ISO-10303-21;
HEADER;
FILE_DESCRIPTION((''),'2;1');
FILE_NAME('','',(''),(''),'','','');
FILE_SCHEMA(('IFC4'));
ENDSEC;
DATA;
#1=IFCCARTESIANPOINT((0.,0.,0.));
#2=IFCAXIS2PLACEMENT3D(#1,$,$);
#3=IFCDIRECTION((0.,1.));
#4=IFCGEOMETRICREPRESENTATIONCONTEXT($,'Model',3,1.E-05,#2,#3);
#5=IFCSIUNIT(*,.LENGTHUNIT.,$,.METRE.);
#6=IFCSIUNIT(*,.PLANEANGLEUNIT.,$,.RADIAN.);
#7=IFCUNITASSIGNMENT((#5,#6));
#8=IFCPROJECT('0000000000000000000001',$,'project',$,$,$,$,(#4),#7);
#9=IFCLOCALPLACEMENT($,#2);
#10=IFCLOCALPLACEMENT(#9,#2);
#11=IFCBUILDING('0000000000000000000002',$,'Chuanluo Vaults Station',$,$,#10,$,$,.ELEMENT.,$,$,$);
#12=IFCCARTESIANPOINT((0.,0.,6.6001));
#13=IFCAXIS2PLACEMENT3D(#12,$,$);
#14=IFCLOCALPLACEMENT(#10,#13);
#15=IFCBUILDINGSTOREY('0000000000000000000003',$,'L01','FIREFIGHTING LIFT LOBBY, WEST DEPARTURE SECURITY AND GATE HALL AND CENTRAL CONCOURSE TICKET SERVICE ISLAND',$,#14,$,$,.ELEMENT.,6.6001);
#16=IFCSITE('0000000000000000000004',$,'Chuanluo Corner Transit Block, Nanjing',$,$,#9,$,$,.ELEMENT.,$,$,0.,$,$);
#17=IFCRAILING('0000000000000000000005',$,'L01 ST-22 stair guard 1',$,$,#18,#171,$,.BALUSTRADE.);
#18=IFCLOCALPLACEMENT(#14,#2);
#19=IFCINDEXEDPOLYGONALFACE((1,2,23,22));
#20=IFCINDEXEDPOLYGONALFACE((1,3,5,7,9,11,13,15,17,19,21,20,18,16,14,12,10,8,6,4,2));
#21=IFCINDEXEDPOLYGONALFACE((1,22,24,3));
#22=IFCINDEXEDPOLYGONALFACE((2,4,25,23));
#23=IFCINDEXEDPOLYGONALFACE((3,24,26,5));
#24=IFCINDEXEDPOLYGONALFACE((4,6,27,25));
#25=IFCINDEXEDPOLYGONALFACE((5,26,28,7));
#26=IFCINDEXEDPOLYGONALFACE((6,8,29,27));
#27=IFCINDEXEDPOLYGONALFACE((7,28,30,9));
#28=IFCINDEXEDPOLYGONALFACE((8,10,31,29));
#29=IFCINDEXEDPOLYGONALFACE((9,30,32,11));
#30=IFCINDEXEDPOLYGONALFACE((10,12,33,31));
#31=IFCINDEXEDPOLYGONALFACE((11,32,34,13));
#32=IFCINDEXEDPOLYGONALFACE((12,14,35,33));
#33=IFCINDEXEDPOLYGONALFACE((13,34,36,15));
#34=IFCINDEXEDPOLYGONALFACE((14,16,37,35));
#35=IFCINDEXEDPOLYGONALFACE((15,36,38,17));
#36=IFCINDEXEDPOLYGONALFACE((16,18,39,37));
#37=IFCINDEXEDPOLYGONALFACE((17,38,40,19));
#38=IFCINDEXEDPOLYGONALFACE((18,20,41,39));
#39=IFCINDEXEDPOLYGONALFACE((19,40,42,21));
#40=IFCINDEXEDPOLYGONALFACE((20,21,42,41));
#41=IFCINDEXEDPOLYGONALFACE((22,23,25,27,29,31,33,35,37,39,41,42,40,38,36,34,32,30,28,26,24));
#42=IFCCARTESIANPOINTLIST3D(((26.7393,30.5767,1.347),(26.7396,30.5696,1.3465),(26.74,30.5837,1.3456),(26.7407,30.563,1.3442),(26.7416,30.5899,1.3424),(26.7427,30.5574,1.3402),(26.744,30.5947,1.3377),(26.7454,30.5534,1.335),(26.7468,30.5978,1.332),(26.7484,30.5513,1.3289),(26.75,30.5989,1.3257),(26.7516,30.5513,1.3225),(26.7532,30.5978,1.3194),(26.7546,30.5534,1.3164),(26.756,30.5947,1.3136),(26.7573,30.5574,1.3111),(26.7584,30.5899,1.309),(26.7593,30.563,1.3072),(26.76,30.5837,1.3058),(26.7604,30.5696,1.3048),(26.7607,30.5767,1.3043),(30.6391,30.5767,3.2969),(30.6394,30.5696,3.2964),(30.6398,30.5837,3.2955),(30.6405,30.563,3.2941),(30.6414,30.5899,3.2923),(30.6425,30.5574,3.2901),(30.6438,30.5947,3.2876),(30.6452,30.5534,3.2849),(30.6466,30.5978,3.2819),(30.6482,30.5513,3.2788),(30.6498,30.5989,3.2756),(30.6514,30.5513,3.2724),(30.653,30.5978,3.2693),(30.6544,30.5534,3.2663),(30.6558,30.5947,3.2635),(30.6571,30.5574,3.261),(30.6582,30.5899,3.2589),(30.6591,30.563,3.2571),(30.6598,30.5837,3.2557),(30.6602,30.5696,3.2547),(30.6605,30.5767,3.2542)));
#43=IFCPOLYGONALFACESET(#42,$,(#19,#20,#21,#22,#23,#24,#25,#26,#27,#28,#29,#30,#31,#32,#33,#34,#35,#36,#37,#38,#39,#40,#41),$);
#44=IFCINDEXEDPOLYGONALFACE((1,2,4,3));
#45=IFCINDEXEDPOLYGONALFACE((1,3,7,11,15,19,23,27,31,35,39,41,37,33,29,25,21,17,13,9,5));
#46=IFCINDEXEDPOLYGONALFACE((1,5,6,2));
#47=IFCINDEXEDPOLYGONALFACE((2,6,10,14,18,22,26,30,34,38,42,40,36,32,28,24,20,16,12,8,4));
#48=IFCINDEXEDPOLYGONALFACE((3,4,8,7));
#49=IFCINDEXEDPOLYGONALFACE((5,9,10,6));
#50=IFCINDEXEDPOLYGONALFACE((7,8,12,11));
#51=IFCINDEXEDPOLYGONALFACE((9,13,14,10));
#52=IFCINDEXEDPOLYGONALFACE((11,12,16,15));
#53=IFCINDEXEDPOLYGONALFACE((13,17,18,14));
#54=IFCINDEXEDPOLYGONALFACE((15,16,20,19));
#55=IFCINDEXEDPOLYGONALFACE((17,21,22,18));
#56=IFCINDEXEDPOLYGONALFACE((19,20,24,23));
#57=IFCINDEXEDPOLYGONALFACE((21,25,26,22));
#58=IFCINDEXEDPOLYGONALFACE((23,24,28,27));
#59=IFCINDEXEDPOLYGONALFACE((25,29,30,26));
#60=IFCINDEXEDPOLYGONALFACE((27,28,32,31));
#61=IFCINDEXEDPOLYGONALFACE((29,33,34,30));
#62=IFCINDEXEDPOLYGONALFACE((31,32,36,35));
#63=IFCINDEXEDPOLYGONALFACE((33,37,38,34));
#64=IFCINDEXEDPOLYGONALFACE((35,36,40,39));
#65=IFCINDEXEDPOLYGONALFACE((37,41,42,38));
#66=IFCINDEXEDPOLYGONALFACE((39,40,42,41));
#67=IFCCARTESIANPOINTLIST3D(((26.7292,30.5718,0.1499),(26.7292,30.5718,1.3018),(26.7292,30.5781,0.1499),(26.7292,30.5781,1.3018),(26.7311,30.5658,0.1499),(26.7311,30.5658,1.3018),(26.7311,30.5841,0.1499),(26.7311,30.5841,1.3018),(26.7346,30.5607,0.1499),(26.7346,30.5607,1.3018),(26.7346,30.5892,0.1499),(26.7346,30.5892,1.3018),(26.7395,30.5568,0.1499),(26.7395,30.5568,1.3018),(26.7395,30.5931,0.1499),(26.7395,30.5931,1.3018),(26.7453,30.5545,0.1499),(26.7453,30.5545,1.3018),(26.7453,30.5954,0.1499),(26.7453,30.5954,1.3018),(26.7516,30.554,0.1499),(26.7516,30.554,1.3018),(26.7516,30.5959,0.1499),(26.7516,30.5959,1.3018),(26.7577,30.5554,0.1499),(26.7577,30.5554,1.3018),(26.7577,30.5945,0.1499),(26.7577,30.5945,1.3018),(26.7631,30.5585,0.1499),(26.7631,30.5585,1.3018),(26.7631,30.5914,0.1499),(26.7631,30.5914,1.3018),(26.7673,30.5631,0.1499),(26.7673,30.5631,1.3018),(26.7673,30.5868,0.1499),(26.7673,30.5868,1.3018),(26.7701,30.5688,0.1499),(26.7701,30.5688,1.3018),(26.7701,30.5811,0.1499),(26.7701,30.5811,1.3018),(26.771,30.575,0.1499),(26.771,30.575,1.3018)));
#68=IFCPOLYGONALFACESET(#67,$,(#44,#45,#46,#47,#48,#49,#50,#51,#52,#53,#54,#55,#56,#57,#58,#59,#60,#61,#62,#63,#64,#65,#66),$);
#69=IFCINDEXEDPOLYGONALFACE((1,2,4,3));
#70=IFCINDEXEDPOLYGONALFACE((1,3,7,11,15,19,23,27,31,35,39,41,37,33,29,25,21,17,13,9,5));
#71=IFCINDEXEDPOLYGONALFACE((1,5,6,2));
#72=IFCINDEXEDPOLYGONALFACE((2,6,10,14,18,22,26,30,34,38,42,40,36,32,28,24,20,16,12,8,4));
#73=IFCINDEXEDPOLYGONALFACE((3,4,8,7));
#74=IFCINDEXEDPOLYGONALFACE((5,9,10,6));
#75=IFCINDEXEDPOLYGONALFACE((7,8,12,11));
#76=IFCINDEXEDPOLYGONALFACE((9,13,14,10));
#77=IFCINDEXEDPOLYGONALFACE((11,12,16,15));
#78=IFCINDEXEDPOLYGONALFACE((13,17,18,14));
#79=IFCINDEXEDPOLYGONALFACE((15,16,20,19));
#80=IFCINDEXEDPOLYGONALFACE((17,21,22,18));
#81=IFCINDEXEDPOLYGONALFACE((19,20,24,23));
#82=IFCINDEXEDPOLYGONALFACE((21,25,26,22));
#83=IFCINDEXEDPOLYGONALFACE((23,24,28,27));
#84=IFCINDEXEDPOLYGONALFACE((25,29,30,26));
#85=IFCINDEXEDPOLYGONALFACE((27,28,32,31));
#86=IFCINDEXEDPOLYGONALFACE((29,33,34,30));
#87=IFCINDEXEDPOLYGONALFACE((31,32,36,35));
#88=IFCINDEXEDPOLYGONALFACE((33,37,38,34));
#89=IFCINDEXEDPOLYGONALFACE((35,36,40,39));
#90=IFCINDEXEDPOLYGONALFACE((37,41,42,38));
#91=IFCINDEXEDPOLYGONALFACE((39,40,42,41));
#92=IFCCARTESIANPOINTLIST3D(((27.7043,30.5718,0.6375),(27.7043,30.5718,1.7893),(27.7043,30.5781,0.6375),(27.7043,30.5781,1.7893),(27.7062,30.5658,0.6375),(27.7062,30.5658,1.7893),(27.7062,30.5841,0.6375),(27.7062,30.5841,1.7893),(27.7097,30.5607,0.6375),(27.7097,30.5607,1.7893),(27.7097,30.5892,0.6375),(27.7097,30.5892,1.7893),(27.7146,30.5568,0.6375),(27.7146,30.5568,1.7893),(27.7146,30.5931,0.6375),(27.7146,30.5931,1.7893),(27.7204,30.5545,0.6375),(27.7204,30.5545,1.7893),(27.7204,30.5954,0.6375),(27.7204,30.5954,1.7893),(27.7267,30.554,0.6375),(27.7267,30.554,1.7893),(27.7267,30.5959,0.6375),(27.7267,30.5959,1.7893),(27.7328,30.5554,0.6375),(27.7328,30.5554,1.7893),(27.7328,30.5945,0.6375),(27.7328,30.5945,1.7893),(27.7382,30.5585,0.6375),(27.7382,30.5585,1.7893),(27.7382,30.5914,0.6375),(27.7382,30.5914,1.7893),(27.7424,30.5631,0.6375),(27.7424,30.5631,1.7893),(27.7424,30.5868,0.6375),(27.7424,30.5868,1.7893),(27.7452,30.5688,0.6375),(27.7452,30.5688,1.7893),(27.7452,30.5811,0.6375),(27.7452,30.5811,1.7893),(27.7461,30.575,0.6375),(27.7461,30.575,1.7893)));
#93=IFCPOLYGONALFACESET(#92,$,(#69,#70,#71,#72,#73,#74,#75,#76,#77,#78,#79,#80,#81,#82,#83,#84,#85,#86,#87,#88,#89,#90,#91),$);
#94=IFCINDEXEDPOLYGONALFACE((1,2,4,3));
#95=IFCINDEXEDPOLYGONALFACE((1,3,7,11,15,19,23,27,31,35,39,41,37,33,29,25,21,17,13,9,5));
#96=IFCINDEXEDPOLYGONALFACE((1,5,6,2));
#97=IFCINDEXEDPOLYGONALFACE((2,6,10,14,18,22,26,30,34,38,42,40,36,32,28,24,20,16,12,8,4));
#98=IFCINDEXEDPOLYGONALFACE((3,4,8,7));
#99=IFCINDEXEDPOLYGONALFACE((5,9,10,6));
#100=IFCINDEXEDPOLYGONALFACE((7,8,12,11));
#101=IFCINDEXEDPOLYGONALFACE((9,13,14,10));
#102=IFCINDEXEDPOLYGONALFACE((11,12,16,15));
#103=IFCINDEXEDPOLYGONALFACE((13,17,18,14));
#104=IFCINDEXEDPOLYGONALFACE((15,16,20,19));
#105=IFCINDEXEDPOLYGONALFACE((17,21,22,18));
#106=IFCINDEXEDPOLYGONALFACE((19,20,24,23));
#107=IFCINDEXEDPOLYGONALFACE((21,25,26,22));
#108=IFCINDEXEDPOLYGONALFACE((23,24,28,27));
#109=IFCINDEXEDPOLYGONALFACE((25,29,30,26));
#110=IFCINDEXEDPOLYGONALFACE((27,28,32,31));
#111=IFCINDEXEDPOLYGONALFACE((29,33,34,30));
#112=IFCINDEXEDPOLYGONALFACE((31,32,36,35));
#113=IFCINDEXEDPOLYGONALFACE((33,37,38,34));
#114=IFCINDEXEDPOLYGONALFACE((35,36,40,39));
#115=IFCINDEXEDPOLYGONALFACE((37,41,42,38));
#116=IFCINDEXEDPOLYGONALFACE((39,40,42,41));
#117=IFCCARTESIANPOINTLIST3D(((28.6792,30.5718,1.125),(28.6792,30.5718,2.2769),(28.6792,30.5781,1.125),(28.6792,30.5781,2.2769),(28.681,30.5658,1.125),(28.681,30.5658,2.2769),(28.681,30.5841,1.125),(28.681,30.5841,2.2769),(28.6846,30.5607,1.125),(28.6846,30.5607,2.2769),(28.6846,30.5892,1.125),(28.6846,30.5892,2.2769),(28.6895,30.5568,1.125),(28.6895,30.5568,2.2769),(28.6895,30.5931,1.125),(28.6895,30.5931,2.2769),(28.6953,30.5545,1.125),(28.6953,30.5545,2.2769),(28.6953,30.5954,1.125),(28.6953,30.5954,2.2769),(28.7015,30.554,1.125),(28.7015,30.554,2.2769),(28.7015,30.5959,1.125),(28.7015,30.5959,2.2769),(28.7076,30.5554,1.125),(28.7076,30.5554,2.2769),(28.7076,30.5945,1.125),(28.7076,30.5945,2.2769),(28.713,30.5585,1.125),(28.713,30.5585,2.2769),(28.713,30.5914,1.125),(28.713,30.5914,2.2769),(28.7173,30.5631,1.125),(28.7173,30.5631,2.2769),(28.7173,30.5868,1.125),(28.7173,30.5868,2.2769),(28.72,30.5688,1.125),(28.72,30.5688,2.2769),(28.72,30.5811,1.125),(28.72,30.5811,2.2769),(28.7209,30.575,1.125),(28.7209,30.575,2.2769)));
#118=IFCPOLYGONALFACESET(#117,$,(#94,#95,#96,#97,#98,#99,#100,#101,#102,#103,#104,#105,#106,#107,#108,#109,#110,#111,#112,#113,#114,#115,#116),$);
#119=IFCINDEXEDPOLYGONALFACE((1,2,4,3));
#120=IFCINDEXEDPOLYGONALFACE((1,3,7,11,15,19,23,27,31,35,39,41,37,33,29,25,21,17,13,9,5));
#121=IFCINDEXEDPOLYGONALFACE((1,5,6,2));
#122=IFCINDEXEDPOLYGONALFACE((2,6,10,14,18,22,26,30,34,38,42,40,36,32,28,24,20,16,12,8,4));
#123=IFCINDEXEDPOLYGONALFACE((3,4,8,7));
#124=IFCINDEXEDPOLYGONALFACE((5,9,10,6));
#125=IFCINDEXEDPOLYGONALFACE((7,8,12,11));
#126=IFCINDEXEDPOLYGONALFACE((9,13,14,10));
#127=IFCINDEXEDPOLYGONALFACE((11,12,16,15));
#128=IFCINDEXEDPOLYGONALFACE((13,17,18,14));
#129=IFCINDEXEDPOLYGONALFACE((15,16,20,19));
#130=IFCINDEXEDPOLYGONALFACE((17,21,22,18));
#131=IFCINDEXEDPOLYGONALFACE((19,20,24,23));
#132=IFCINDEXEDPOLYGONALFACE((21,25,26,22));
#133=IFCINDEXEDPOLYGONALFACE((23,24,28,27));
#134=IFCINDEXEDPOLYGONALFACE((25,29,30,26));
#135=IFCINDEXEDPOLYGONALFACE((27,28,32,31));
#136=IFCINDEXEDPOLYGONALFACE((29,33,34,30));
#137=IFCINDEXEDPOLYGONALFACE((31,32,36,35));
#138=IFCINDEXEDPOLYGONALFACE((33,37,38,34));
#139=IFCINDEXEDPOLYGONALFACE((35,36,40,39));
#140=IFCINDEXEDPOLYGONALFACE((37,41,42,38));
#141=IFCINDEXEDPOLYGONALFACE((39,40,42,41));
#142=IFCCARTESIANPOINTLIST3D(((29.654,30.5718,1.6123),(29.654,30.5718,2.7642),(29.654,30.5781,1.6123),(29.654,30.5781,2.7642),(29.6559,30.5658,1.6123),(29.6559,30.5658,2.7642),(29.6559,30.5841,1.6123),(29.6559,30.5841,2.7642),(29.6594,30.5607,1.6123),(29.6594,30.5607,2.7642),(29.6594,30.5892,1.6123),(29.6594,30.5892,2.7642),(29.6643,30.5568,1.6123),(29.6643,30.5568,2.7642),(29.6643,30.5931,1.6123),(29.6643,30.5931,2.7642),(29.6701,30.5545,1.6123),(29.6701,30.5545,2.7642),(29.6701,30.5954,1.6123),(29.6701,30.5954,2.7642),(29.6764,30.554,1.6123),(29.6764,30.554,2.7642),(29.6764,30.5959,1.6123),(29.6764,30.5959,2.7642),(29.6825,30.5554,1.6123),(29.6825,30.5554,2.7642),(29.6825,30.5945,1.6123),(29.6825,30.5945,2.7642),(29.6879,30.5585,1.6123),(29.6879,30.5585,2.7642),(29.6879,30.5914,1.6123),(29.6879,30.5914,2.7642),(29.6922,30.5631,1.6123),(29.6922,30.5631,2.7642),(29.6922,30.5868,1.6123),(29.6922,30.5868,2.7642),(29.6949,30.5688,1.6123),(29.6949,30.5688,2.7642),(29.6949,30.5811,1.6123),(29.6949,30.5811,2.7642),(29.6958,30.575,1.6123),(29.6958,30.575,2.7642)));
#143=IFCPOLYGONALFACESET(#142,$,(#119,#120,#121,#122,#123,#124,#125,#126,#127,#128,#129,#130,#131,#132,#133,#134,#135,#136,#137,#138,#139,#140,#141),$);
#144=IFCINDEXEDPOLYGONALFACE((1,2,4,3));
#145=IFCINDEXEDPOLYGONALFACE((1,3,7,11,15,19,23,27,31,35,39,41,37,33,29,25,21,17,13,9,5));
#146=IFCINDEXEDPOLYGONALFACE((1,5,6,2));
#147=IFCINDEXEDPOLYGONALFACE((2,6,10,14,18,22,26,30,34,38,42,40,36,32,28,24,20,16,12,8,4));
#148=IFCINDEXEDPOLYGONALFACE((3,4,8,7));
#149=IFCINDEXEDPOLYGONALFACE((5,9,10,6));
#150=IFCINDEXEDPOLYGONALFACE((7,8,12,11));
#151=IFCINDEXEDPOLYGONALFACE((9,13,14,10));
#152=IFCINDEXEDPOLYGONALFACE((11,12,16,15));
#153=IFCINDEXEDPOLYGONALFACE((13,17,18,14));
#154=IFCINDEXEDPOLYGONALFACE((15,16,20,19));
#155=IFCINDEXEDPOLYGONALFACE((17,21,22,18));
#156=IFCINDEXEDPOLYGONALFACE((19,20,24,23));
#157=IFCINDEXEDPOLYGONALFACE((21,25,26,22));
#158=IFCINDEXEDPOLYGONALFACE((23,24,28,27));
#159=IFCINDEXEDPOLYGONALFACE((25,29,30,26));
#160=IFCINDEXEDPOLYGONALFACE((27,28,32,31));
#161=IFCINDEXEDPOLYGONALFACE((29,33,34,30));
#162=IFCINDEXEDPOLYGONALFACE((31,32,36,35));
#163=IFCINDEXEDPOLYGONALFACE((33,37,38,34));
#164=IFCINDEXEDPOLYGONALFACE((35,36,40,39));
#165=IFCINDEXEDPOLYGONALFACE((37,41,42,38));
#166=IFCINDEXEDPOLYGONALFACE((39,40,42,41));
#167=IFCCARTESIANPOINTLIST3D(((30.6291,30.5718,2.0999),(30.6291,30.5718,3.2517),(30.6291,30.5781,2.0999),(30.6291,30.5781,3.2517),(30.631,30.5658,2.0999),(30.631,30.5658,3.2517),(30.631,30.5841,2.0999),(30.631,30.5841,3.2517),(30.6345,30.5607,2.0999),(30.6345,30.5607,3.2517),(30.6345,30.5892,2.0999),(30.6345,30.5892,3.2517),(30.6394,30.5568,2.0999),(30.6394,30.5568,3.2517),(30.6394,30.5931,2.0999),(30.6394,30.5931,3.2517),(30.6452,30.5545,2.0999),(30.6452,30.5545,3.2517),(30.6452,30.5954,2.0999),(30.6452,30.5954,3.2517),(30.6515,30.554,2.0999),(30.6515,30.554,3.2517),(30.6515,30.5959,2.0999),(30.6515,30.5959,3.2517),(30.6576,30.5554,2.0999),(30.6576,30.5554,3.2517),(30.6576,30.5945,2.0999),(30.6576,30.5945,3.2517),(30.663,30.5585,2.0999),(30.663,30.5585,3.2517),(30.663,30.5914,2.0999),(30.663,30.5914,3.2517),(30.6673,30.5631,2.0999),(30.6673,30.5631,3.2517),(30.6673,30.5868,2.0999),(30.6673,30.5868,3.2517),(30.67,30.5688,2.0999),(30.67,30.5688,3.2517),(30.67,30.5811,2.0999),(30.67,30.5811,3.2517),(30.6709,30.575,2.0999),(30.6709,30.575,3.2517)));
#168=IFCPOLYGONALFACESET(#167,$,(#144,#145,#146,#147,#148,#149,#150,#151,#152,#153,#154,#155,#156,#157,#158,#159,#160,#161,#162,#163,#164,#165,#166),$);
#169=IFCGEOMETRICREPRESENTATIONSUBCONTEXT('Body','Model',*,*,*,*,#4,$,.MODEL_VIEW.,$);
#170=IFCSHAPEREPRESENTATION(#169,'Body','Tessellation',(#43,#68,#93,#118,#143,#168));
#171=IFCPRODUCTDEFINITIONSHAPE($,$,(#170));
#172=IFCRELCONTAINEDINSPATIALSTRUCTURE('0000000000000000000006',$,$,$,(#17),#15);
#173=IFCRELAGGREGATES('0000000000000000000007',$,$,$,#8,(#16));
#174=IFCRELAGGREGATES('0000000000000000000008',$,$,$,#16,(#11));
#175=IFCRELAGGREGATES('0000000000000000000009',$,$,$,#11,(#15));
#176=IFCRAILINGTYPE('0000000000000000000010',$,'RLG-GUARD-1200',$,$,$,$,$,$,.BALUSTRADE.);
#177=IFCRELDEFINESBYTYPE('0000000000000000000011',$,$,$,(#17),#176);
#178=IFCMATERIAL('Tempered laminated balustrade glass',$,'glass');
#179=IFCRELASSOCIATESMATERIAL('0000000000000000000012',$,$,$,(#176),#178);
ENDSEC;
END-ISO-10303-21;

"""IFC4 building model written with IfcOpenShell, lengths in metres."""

from ifc_helpers import new_model, si_unit, direction, frame, origin, origin_2d, place, context, subcontext, project, spatial, circle, extrude, material, type_object, element, save


model = new_model("IFC4")

# Units and contexts
model_context = context("Model", 3, precision=1e-05, world=origin(), true_north=direction((0.0, 1.0)))
body_context = subcontext(model_context, "Body", "Model", "MODEL_VIEW")
ifc_project = project(units=[si_unit("LENGTHUNIT", "METRE"), si_unit("PLANEANGLEUNIT", "RADIAN")], contexts=[model_context])

# Site, building, storey
site_placement = place(None, origin())
site = spatial("IfcSite", under=ifc_project, at=site_placement, Name="Chuanluo Corner Transit Block, Nanjing", CompositionType="ELEMENT", RefElevation=0.0)
building_placement = place(site_placement, origin())
building = spatial("IfcBuilding", under=site, at=building_placement, Name="Chuanluo Vaults Station", CompositionType="ELEMENT")
storey_placement = place(building_placement, frame((0.0, 0.0, 6.6001)))
storey = spatial("IfcBuildingStorey", under=building, at=storey_placement, Name="L01", Description="FIREFIGHTING LIFT LOBBY, WEST DEPARTURE SECURITY AND GATE HALL AND CENTRAL CONCOURSE TICKET SERVICE ISLAND", CompositionType="ELEMENT", Elevation=6.6001)

# Railing
ifc_material_1 = material(Name="Tempered laminated balustrade glass", Category="glass")
railing_type_1 = type_object("IfcRailingType", Name="RLG-GUARD-1200", PredefinedType="BALUSTRADE", material=ifc_material_1)
railing_1_placement = place(storey_placement, frame((26.75, 30.575, 0.1499)))
element("IfcRailing", 1, at=railing_1_placement, inside=storey, type_object=railing_type_1, Name="L01 ST-22 stair guard 1", PredefinedType="BALUSTRADE", context=body_context, shape_type="SweptSolid", body=[
    extrude(circle(Radius=0.0239, at=origin_2d()), frame((0.0, 0.0, 1.1758), z_axis=(0.894427, 0.0, 0.447214), x_axis=(0.0, 1.0, 0.0)), (0.0, 0.0, 1.0), 4.3601),
    extrude(circle(Radius=0.021, at=origin_2d()), origin(), (0.0, 0.0, 1.0), 1.1519),
    extrude(circle(Radius=0.021, at=origin_2d()), frame((0.9751, 0.0, 0.4875)), (0.0, 0.0, 1.0), 1.1519),
    extrude(circle(Radius=0.021, at=origin_2d()), frame((1.95, 0.0, 0.9751)), (0.0, 0.0, 1.0), 1.1519),
    extrude(circle(Radius=0.021, at=origin_2d()), frame((2.9248, 0.0, 1.4624)), (0.0, 0.0, 1.0), 1.1519),
    extrude(circle(Radius=0.021, at=origin_2d()), frame((3.8999, 0.0, 1.95)), (0.0, 0.0, 1.0), 1.1519),
])

save(model, "model.ifc")
